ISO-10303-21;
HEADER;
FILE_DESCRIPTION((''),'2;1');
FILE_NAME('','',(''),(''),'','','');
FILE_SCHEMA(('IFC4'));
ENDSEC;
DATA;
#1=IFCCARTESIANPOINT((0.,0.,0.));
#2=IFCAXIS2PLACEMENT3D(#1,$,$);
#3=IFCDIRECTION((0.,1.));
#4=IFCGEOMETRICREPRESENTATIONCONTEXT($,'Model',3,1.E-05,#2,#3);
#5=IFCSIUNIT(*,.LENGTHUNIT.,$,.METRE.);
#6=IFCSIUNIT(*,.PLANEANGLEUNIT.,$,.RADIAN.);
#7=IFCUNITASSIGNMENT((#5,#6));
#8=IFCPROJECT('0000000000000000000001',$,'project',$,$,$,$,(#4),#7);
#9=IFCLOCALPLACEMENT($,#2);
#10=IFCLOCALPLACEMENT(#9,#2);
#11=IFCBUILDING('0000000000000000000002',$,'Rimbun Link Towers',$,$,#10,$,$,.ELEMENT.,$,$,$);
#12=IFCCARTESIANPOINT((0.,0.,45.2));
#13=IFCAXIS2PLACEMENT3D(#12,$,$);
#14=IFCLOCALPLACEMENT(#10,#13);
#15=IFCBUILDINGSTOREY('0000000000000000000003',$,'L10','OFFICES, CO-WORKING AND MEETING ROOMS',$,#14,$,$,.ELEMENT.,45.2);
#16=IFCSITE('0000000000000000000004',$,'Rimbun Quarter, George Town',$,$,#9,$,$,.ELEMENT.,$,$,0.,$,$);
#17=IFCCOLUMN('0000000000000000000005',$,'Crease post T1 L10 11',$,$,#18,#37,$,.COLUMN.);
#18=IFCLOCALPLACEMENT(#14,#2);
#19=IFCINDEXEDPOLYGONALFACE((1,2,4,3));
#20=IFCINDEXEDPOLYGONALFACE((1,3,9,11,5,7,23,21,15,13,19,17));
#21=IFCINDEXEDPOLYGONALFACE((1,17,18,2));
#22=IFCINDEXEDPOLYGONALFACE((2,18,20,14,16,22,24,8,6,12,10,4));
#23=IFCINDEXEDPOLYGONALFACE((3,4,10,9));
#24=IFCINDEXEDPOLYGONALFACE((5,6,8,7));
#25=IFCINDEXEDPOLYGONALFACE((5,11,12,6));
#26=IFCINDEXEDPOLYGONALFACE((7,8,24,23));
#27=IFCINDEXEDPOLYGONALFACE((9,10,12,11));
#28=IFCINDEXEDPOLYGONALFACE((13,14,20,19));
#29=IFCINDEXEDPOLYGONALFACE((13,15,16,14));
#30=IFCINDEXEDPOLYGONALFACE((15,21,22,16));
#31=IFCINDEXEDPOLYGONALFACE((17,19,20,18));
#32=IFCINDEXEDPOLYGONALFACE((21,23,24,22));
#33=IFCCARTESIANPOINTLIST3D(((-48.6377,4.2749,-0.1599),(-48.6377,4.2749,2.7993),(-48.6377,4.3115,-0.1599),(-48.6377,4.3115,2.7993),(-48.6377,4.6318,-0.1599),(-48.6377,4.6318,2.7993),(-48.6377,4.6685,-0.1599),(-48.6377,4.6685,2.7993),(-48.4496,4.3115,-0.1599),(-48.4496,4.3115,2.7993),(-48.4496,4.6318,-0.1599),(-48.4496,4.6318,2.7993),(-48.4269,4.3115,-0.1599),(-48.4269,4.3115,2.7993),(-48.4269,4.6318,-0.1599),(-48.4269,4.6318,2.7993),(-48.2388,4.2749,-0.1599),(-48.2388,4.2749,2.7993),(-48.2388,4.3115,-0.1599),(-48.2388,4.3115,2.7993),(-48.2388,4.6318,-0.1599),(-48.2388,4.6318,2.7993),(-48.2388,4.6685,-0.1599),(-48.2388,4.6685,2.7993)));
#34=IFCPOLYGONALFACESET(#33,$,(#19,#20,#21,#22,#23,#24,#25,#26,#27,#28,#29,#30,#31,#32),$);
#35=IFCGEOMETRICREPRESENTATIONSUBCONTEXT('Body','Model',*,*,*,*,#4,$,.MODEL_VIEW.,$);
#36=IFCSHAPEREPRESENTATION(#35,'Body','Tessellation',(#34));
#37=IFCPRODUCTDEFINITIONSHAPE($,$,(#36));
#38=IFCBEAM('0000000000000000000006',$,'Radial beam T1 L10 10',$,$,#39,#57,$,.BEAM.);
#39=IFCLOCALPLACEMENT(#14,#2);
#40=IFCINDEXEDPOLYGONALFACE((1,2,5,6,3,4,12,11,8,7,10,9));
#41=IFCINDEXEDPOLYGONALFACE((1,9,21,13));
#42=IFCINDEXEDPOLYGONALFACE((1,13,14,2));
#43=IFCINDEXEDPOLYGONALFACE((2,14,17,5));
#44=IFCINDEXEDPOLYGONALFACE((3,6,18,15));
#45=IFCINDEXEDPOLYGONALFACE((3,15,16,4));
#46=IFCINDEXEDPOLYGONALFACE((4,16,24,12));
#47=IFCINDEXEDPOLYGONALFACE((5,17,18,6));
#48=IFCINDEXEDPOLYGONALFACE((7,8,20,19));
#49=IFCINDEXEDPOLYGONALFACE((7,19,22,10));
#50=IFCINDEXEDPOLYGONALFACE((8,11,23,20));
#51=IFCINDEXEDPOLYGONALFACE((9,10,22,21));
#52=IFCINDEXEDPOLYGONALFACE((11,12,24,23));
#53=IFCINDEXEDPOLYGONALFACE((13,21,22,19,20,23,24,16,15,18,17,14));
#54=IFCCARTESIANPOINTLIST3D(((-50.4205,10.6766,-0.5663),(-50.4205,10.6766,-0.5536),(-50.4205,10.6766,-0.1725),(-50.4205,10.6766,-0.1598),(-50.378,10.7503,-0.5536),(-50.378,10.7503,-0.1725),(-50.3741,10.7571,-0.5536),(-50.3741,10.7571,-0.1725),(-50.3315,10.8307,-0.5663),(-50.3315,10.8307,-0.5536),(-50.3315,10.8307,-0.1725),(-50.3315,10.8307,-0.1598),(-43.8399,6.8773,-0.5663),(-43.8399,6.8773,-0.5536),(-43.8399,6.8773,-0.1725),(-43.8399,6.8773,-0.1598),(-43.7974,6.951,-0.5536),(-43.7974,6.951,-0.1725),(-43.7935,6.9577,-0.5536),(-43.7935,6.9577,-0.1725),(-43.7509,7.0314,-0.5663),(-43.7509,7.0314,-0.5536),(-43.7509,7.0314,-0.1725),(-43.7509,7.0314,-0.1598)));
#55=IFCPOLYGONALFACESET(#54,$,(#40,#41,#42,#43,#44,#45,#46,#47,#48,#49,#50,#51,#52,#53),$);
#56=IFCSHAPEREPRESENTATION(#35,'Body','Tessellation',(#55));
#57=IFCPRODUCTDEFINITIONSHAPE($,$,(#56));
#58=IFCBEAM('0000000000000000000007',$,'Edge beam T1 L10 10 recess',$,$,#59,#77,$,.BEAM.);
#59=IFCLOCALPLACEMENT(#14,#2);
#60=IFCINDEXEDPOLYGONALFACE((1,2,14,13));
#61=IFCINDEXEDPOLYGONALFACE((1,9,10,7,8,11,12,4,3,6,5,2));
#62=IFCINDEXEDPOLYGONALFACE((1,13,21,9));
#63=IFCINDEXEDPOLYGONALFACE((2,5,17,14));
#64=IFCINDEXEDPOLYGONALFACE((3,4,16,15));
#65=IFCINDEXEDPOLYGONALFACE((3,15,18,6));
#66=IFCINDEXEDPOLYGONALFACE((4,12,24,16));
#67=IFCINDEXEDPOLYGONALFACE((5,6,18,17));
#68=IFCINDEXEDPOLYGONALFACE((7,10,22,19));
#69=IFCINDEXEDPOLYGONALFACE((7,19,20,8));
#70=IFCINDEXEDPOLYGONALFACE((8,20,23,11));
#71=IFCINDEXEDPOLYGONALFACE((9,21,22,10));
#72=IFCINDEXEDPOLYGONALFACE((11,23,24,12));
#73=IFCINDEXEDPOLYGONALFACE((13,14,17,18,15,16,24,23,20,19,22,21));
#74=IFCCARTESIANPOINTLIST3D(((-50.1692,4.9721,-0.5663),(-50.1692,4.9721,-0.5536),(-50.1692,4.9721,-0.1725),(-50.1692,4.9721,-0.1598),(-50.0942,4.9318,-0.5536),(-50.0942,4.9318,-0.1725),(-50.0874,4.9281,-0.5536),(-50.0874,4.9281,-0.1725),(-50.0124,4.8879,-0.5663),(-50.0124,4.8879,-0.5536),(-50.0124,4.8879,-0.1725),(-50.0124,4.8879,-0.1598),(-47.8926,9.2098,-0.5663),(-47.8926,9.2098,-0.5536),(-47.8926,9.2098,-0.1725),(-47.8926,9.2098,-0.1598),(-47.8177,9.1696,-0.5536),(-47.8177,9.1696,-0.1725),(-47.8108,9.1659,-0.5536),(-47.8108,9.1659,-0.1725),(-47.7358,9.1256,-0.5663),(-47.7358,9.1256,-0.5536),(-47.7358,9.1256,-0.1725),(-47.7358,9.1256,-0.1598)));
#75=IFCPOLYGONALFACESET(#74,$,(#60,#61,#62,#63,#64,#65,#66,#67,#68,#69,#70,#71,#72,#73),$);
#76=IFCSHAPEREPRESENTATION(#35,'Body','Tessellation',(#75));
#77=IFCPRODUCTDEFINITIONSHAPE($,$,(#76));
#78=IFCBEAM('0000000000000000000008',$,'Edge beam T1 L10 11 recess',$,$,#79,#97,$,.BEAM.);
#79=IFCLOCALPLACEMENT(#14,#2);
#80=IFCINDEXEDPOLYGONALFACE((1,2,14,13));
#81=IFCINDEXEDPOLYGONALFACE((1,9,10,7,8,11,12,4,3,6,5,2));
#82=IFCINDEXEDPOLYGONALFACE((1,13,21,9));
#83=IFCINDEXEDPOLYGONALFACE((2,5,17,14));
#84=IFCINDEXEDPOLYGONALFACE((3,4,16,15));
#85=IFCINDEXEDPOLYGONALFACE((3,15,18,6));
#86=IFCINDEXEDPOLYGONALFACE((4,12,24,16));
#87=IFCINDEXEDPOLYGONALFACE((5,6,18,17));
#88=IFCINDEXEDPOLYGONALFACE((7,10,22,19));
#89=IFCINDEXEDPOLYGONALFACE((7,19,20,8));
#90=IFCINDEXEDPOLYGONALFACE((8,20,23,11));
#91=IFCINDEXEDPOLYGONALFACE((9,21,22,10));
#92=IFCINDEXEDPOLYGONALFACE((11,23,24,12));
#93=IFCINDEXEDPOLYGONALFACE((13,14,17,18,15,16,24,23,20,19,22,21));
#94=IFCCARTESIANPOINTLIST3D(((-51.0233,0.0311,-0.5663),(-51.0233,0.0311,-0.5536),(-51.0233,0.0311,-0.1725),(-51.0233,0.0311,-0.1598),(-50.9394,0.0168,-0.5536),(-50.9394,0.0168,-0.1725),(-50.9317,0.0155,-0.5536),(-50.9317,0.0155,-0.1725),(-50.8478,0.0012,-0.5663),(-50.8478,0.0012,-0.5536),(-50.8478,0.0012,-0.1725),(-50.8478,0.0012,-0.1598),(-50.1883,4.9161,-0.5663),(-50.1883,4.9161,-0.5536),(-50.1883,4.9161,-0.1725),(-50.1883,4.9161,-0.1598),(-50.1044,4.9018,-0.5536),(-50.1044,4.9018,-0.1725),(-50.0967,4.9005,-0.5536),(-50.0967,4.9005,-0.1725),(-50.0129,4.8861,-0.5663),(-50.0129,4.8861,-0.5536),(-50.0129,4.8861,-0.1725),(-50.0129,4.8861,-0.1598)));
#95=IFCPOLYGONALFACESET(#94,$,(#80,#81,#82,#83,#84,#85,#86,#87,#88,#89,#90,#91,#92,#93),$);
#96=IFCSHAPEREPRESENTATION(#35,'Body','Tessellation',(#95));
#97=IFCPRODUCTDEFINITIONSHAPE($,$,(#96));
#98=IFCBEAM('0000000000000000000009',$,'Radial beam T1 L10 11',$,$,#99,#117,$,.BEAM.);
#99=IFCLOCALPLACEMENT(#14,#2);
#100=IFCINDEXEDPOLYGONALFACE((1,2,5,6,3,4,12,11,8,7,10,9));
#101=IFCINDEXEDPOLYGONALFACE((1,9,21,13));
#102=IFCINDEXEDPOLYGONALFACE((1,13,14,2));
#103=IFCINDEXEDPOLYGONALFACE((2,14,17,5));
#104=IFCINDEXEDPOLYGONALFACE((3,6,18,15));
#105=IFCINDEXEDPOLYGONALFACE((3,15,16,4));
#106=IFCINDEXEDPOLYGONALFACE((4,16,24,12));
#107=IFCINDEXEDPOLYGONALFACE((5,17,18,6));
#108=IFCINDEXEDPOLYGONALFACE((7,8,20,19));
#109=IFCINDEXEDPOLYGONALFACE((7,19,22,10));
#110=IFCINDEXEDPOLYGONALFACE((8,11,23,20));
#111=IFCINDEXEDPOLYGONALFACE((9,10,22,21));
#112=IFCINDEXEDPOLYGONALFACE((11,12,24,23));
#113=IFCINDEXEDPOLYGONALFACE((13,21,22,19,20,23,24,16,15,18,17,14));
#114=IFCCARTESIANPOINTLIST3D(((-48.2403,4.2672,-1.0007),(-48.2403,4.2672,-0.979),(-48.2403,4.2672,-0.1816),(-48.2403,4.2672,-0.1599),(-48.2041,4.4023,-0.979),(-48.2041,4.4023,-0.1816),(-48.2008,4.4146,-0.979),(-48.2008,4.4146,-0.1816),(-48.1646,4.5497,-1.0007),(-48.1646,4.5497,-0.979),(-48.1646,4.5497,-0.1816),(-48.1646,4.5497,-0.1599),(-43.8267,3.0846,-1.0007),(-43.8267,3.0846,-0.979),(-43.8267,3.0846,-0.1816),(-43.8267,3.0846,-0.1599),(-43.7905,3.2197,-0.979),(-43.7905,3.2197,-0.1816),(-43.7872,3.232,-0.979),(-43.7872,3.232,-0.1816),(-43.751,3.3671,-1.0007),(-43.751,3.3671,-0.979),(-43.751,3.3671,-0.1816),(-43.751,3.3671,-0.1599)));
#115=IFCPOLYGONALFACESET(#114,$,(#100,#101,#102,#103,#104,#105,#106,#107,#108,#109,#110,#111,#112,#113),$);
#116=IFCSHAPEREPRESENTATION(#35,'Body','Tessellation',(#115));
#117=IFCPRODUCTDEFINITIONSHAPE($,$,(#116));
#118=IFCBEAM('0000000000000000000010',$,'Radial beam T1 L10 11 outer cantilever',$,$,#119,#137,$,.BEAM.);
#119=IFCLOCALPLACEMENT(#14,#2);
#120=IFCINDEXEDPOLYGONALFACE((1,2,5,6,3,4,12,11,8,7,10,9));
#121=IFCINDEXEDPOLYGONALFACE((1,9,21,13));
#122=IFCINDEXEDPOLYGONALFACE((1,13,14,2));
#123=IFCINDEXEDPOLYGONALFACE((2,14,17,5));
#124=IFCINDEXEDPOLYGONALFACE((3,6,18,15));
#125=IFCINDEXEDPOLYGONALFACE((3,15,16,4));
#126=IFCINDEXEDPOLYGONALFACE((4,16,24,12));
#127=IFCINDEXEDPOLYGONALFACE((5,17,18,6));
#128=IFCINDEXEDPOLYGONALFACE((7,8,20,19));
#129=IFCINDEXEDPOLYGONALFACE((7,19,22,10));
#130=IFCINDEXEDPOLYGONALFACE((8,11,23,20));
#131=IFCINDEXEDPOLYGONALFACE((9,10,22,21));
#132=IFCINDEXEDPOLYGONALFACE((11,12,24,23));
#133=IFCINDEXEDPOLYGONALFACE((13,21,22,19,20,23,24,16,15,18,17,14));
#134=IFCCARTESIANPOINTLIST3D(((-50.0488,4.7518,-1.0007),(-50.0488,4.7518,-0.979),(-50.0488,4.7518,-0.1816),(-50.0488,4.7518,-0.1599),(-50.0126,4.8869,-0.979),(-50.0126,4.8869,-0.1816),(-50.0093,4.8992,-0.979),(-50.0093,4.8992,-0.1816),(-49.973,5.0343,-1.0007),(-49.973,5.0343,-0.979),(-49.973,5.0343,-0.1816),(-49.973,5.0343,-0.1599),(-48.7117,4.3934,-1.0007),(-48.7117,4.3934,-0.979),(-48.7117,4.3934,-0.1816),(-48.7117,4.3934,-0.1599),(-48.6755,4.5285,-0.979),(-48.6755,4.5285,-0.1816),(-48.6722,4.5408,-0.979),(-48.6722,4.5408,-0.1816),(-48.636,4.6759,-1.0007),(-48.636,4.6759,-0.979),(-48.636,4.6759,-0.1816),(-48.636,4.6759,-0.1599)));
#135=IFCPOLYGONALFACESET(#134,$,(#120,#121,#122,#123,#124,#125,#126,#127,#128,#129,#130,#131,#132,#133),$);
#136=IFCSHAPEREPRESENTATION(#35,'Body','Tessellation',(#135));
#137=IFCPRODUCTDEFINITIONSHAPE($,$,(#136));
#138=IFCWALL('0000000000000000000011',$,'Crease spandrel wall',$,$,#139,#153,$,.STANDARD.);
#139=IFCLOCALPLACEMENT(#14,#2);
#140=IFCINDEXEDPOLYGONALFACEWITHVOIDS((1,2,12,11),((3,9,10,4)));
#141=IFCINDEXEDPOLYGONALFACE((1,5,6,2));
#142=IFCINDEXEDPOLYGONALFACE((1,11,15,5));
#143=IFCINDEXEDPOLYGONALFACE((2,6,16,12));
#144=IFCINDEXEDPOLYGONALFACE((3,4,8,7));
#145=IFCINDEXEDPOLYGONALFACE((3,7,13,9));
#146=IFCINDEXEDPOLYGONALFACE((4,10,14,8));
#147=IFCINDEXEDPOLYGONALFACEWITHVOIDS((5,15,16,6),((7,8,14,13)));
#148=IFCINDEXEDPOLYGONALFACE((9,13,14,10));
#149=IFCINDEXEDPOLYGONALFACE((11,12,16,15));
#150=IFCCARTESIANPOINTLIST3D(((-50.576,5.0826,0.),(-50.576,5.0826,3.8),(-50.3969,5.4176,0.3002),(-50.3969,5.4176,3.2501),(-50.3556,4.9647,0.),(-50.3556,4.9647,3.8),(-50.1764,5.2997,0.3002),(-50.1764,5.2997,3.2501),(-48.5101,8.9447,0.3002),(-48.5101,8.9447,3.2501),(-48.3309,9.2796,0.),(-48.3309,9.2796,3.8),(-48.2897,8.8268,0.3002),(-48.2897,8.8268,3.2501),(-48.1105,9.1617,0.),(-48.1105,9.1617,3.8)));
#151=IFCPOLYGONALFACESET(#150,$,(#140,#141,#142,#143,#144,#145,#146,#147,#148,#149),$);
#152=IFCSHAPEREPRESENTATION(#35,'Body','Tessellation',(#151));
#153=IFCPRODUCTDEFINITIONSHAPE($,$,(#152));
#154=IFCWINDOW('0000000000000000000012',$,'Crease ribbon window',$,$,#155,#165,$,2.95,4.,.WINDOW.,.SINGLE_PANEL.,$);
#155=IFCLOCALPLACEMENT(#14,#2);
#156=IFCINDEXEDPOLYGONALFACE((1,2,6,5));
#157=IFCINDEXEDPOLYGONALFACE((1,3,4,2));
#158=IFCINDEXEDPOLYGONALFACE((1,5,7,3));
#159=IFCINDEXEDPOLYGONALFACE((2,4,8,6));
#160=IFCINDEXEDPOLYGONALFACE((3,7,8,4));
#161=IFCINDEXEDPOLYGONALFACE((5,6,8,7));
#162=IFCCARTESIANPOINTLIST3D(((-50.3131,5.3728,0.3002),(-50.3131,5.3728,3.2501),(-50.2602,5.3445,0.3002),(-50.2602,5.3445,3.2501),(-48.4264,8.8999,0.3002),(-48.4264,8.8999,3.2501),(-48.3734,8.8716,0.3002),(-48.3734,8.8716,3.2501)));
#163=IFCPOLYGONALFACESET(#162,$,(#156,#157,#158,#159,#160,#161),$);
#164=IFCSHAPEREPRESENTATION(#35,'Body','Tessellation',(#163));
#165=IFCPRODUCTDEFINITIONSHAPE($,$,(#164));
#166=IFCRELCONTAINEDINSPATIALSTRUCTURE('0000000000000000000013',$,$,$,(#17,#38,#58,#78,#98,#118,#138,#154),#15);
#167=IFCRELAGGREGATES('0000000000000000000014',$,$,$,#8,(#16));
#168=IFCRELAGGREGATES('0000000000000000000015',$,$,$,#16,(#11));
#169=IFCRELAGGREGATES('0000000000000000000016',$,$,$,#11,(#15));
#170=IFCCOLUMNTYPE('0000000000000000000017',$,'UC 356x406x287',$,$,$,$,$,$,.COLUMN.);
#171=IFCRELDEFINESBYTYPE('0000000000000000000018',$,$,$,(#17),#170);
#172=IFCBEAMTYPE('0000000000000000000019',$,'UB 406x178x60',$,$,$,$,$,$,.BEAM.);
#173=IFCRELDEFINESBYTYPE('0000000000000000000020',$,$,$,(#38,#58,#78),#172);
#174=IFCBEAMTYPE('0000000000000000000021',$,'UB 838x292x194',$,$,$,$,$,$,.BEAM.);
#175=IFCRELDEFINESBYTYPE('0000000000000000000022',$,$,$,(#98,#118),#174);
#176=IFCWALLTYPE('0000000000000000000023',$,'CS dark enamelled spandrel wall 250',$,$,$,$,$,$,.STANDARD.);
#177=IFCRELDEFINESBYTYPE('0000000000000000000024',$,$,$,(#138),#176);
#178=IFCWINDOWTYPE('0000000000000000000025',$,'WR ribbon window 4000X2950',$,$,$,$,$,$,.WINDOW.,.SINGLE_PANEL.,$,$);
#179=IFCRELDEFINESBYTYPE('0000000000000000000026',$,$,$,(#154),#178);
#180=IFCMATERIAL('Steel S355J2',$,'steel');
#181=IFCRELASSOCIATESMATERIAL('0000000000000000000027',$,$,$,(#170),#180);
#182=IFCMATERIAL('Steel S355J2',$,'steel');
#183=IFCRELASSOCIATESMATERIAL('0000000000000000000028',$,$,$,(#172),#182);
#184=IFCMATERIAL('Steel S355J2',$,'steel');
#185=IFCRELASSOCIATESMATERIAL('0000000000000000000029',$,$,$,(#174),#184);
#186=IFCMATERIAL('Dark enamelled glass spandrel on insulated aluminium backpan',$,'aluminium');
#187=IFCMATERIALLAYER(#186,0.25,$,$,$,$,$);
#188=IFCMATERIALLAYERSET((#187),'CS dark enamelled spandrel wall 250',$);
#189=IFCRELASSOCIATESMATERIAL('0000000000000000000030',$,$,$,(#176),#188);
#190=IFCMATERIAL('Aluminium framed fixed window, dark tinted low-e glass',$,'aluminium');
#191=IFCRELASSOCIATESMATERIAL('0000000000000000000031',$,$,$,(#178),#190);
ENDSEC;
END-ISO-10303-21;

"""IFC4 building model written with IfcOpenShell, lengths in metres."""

from ifc_helpers import new_model, si_unit, direction, frame, frame_2d, origin, origin_2d, place, context, subcontext, project, spatial, rectangle, i_section, extrude, material, layer, layer_set, material_profile, profile_set, type_object, element, fill, save


model = new_model("IFC4")

# Units and contexts
model_context = context("Model", 3, precision=1e-05, world=origin(), true_north=direction((0.0, 1.0)))
body_context = subcontext(model_context, "Body", "Model", "MODEL_VIEW")
ifc_project = project(units=[si_unit("LENGTHUNIT", "METRE"), si_unit("PLANEANGLEUNIT", "RADIAN")], contexts=[model_context])

# Site, building, storey
site_placement = place(None, origin())
site = spatial("IfcSite", under=ifc_project, at=site_placement, Name="Rimbun Quarter, George Town", CompositionType="ELEMENT", RefElevation=0.0)
building_placement = place(site_placement, origin())
building = spatial("IfcBuilding", under=site, at=building_placement, Name="Rimbun Link Towers", CompositionType="ELEMENT")
storey_placement = place(building_placement, frame((0.0, 0.0, 45.2)))
storey = spatial("IfcBuildingStorey", under=building, at=storey_placement, Name="L10", Description="OFFICES, CO-WORKING AND MEETING ROOMS", CompositionType="ELEMENT", Elevation=45.2)

# Column
ifc_material_1 = material(Name="Steel S355J2", Category="steel")
ifc_material_profile_1 = material_profile(ifc_material_1, i_section(OverallWidth=0.3989, OverallDepth=0.3936, WebThickness=0.0227, FlangeThickness=0.0366, at=origin_2d()), Name="UC 356x406x287")
ifc_profile_set_1 = profile_set([ifc_material_profile_1], Name="Steel S355J2")
column_type = type_object("IfcColumnType", Name="UC 356x406x287", PredefinedType="COLUMN", material=ifc_profile_set_1)
column_placement = place(storey_placement, frame((-48.4382, 4.4717, -0.1599), z_axis=(0.0, 0.0, 1.0), x_axis=(1.0, 0.0, 0.0)))
element("IfcColumn", 1, at=column_placement, inside=storey, type_object=column_type, Name="Crease post T1 L10 11", PredefinedType="COLUMN", context=body_context, shape_type="SweptSolid", body=[
    extrude(i_section(OverallWidth=0.3989, OverallDepth=0.3936, WebThickness=0.0227, FlangeThickness=0.0366, at=origin_2d()), origin(), (0.0, 0.0, 1.0), 2.9592),
])

# Beams
ifc_material_2 = material(Name="Steel S355J2", Category="steel")
ifc_material_profile_2 = material_profile(ifc_material_2, i_section(OverallWidth=0.178, OverallDepth=0.4065, WebThickness=0.0078, FlangeThickness=0.0127, at=origin_2d()), Name="UB 406x178x60")
ifc_profile_set_2 = profile_set([ifc_material_profile_2], Name="Steel S355J2")
beam_type_1 = type_object("IfcBeamType", Name="UB 406x178x60", PredefinedType="BEAM", material=ifc_profile_set_2)
beam_1_placement = place(storey_placement, frame((-43.7954, 6.9543, -0.363), z_axis=(-0.866024, 0.500002, 0.0), x_axis=(-0.500002, -0.866024, 0.0)))
element("IfcBeam", 2, at=beam_1_placement, inside=storey, type_object=beam_type_1, Name="Radial beam T1 L10 10", PredefinedType="BEAM", context=body_context, shape_type="SweptSolid", body=[
    extrude(i_section(OverallWidth=0.178, OverallDepth=0.4065, WebThickness=0.0078, FlangeThickness=0.0127, at=origin_2d()), origin(), (0.0, 0.0, 1.0), 7.5986),
])
beam_2_placement = place(storey_placement, frame((-47.8142, 9.1677, -0.363), z_axis=(-0.473249, -0.880929, 0.0), x_axis=(0.880929, -0.473249, 0.0)))
element("IfcBeam", 3, at=beam_2_placement, inside=storey, type_object=beam_type_1, Name="Edge beam T1 L10 10 recess", PredefinedType="BEAM", context=body_context, shape_type="SweptSolid", body=[
    extrude(i_section(OverallWidth=0.178, OverallDepth=0.4065, WebThickness=0.0078, FlangeThickness=0.0127, at=origin_2d()), origin(), (0.0, 0.0, 1.0), 4.8105),
])
beam_3_placement = place(storey_placement, frame((-50.1006, 4.9011, -0.363), z_axis=(-0.16848, -0.985705, 0.0), x_axis=(0.985705, -0.16848, 0.0)))
element("IfcBeam", 4, at=beam_3_placement, inside=storey, type_object=beam_type_1, Name="Edge beam T1 L10 11 recess", PredefinedType="BEAM", context=body_context, shape_type="SweptSolid", body=[
    extrude(i_section(OverallWidth=0.178, OverallDepth=0.4065, WebThickness=0.0078, FlangeThickness=0.0127, at=origin_2d()), origin(), (0.0, 0.0, 1.0), 4.9558),
])
ifc_material_3 = material(Name="Steel S355J2", Category="steel")
ifc_material_profile_3 = material_profile(ifc_material_3, i_section(OverallWidth=0.2925, OverallDepth=0.8408, WebThickness=0.0127, FlangeThickness=0.0217, at=origin_2d()), Name="UB 838x292x194")
ifc_profile_set_3 = profile_set([ifc_material_profile_3], Name="Steel S355J2")
beam_type_2 = type_object("IfcBeamType", Name="UB 838x292x194", PredefinedType="BEAM", material=ifc_profile_set_3)
beam_4_placement = place(storey_placement, frame((-43.7888, 3.2258, -0.5803), z_axis=(-0.965926, 0.25882, 0.0), x_axis=(-0.25882, -0.965926, 0.0)))
element("IfcBeam", 5, at=beam_4_placement, inside=storey, type_object=beam_type_2, Name="Radial beam T1 L10 11", PredefinedType="BEAM", context=body_context, shape_type="SweptSolid", body=[
    extrude(i_section(OverallWidth=0.2925, OverallDepth=0.8408, WebThickness=0.0127, FlangeThickness=0.0217, at=origin_2d()), origin(), (0.0, 0.0, 1.0), 4.5693),
])
beam_5_placement = place(storey_placement, frame((-48.6738, 4.5347, -0.5803), z_axis=(-0.965906, 0.258892, 0.0), x_axis=(-0.258892, -0.965906, 0.0)))
element("IfcBeam", 6, at=beam_5_placement, inside=storey, type_object=beam_type_2, Name="Radial beam T1 L10 11 outer cantilever", PredefinedType="BEAM", context=body_context, shape_type="SweptSolid", body=[
    extrude(i_section(OverallWidth=0.2925, OverallDepth=0.8408, WebThickness=0.0127, FlangeThickness=0.0217, at=origin_2d()), origin(), (0.0, 0.0, 1.0), 1.3843),
])

# Wall, opening, window
ifc_material_4 = material(Name="Dark enamelled glass spandrel on insulated aluminium backpan", Category="aluminium")
ifc_layer_1 = layer(ifc_material_4, 0.25)
ifc_layer_set_1 = layer_set([ifc_layer_1], Name="CS dark enamelled spandrel wall 250")
wall_type_1 = type_object("IfcWallType", Name="CS dark enamelled spandrel wall 250", PredefinedType="STANDARD", material=ifc_layer_set_1)
wall_1_placement = place(storey_placement, frame((-50.4658, 5.0237, 0.0), z_axis=(0.0, 0.0, 1.0), x_axis=(0.471685, 0.881767, 0.0)))
wall_1 = element("IfcWall", 7, at=wall_1_placement, inside=storey, type_object=wall_type_1, Name="Crease spandrel wall", PredefinedType="STANDARD", context=body_context, shape_type="SweptSolid", body=[
    extrude(rectangle(XDim=4.7598, YDim=0.25, at=frame_2d((2.3799, 0.0))), origin(), (0.0, 0.0, 1.0), 3.8),
])
opening_1_placement = place(wall_1_placement, frame((0.3799, 0.0, 0.3)))
opening_1 = element("IfcOpeningElement", 8, at=opening_1_placement, cuts=wall_1, PredefinedType="OPENING", context=body_context, shape_type="SweptSolid", body=[
    extrude(rectangle(XDim=4.0, YDim=2.95, at=frame_2d((2.0, 1.4751))), frame((0.0, 0.135, 0.0), z_axis=(0.0, -1.0, 0.0), x_axis=(1.0, 0.0, 0.0)), (0.0, 0.0, 1.0), 0.27),
])
ifc_material_5 = material(Name="Aluminium framed fixed window, dark tinted low-e glass", Category="aluminium")
window_type_1 = type_object("IfcWindowType", Name="WR ribbon window 4000X2950", PartitioningType="SINGLE_PANEL", PredefinedType="WINDOW", material=ifc_material_5)
window_1_placement = place(opening_1_placement, origin())
window_1 = element("IfcWindow", 9, at=window_1_placement, inside=storey, type_object=window_type_1, Name="Crease ribbon window", OverallHeight=2.95, OverallWidth=4.0, PartitioningType="SINGLE_PANEL", PredefinedType="WINDOW", context=body_context, shape_type="SweptSolid", body=[
    extrude(rectangle(XDim=4.0, YDim=2.95, at=frame_2d((2.0, 1.4751))), frame((0.0, 0.03, 0.0), z_axis=(0.0, -1.0, 0.0), x_axis=(1.0, 0.0, 0.0)), (0.0, 0.0, 1.0), 0.0601),
])
fill(opening_1, window_1)

save(model, "model.ifc")
